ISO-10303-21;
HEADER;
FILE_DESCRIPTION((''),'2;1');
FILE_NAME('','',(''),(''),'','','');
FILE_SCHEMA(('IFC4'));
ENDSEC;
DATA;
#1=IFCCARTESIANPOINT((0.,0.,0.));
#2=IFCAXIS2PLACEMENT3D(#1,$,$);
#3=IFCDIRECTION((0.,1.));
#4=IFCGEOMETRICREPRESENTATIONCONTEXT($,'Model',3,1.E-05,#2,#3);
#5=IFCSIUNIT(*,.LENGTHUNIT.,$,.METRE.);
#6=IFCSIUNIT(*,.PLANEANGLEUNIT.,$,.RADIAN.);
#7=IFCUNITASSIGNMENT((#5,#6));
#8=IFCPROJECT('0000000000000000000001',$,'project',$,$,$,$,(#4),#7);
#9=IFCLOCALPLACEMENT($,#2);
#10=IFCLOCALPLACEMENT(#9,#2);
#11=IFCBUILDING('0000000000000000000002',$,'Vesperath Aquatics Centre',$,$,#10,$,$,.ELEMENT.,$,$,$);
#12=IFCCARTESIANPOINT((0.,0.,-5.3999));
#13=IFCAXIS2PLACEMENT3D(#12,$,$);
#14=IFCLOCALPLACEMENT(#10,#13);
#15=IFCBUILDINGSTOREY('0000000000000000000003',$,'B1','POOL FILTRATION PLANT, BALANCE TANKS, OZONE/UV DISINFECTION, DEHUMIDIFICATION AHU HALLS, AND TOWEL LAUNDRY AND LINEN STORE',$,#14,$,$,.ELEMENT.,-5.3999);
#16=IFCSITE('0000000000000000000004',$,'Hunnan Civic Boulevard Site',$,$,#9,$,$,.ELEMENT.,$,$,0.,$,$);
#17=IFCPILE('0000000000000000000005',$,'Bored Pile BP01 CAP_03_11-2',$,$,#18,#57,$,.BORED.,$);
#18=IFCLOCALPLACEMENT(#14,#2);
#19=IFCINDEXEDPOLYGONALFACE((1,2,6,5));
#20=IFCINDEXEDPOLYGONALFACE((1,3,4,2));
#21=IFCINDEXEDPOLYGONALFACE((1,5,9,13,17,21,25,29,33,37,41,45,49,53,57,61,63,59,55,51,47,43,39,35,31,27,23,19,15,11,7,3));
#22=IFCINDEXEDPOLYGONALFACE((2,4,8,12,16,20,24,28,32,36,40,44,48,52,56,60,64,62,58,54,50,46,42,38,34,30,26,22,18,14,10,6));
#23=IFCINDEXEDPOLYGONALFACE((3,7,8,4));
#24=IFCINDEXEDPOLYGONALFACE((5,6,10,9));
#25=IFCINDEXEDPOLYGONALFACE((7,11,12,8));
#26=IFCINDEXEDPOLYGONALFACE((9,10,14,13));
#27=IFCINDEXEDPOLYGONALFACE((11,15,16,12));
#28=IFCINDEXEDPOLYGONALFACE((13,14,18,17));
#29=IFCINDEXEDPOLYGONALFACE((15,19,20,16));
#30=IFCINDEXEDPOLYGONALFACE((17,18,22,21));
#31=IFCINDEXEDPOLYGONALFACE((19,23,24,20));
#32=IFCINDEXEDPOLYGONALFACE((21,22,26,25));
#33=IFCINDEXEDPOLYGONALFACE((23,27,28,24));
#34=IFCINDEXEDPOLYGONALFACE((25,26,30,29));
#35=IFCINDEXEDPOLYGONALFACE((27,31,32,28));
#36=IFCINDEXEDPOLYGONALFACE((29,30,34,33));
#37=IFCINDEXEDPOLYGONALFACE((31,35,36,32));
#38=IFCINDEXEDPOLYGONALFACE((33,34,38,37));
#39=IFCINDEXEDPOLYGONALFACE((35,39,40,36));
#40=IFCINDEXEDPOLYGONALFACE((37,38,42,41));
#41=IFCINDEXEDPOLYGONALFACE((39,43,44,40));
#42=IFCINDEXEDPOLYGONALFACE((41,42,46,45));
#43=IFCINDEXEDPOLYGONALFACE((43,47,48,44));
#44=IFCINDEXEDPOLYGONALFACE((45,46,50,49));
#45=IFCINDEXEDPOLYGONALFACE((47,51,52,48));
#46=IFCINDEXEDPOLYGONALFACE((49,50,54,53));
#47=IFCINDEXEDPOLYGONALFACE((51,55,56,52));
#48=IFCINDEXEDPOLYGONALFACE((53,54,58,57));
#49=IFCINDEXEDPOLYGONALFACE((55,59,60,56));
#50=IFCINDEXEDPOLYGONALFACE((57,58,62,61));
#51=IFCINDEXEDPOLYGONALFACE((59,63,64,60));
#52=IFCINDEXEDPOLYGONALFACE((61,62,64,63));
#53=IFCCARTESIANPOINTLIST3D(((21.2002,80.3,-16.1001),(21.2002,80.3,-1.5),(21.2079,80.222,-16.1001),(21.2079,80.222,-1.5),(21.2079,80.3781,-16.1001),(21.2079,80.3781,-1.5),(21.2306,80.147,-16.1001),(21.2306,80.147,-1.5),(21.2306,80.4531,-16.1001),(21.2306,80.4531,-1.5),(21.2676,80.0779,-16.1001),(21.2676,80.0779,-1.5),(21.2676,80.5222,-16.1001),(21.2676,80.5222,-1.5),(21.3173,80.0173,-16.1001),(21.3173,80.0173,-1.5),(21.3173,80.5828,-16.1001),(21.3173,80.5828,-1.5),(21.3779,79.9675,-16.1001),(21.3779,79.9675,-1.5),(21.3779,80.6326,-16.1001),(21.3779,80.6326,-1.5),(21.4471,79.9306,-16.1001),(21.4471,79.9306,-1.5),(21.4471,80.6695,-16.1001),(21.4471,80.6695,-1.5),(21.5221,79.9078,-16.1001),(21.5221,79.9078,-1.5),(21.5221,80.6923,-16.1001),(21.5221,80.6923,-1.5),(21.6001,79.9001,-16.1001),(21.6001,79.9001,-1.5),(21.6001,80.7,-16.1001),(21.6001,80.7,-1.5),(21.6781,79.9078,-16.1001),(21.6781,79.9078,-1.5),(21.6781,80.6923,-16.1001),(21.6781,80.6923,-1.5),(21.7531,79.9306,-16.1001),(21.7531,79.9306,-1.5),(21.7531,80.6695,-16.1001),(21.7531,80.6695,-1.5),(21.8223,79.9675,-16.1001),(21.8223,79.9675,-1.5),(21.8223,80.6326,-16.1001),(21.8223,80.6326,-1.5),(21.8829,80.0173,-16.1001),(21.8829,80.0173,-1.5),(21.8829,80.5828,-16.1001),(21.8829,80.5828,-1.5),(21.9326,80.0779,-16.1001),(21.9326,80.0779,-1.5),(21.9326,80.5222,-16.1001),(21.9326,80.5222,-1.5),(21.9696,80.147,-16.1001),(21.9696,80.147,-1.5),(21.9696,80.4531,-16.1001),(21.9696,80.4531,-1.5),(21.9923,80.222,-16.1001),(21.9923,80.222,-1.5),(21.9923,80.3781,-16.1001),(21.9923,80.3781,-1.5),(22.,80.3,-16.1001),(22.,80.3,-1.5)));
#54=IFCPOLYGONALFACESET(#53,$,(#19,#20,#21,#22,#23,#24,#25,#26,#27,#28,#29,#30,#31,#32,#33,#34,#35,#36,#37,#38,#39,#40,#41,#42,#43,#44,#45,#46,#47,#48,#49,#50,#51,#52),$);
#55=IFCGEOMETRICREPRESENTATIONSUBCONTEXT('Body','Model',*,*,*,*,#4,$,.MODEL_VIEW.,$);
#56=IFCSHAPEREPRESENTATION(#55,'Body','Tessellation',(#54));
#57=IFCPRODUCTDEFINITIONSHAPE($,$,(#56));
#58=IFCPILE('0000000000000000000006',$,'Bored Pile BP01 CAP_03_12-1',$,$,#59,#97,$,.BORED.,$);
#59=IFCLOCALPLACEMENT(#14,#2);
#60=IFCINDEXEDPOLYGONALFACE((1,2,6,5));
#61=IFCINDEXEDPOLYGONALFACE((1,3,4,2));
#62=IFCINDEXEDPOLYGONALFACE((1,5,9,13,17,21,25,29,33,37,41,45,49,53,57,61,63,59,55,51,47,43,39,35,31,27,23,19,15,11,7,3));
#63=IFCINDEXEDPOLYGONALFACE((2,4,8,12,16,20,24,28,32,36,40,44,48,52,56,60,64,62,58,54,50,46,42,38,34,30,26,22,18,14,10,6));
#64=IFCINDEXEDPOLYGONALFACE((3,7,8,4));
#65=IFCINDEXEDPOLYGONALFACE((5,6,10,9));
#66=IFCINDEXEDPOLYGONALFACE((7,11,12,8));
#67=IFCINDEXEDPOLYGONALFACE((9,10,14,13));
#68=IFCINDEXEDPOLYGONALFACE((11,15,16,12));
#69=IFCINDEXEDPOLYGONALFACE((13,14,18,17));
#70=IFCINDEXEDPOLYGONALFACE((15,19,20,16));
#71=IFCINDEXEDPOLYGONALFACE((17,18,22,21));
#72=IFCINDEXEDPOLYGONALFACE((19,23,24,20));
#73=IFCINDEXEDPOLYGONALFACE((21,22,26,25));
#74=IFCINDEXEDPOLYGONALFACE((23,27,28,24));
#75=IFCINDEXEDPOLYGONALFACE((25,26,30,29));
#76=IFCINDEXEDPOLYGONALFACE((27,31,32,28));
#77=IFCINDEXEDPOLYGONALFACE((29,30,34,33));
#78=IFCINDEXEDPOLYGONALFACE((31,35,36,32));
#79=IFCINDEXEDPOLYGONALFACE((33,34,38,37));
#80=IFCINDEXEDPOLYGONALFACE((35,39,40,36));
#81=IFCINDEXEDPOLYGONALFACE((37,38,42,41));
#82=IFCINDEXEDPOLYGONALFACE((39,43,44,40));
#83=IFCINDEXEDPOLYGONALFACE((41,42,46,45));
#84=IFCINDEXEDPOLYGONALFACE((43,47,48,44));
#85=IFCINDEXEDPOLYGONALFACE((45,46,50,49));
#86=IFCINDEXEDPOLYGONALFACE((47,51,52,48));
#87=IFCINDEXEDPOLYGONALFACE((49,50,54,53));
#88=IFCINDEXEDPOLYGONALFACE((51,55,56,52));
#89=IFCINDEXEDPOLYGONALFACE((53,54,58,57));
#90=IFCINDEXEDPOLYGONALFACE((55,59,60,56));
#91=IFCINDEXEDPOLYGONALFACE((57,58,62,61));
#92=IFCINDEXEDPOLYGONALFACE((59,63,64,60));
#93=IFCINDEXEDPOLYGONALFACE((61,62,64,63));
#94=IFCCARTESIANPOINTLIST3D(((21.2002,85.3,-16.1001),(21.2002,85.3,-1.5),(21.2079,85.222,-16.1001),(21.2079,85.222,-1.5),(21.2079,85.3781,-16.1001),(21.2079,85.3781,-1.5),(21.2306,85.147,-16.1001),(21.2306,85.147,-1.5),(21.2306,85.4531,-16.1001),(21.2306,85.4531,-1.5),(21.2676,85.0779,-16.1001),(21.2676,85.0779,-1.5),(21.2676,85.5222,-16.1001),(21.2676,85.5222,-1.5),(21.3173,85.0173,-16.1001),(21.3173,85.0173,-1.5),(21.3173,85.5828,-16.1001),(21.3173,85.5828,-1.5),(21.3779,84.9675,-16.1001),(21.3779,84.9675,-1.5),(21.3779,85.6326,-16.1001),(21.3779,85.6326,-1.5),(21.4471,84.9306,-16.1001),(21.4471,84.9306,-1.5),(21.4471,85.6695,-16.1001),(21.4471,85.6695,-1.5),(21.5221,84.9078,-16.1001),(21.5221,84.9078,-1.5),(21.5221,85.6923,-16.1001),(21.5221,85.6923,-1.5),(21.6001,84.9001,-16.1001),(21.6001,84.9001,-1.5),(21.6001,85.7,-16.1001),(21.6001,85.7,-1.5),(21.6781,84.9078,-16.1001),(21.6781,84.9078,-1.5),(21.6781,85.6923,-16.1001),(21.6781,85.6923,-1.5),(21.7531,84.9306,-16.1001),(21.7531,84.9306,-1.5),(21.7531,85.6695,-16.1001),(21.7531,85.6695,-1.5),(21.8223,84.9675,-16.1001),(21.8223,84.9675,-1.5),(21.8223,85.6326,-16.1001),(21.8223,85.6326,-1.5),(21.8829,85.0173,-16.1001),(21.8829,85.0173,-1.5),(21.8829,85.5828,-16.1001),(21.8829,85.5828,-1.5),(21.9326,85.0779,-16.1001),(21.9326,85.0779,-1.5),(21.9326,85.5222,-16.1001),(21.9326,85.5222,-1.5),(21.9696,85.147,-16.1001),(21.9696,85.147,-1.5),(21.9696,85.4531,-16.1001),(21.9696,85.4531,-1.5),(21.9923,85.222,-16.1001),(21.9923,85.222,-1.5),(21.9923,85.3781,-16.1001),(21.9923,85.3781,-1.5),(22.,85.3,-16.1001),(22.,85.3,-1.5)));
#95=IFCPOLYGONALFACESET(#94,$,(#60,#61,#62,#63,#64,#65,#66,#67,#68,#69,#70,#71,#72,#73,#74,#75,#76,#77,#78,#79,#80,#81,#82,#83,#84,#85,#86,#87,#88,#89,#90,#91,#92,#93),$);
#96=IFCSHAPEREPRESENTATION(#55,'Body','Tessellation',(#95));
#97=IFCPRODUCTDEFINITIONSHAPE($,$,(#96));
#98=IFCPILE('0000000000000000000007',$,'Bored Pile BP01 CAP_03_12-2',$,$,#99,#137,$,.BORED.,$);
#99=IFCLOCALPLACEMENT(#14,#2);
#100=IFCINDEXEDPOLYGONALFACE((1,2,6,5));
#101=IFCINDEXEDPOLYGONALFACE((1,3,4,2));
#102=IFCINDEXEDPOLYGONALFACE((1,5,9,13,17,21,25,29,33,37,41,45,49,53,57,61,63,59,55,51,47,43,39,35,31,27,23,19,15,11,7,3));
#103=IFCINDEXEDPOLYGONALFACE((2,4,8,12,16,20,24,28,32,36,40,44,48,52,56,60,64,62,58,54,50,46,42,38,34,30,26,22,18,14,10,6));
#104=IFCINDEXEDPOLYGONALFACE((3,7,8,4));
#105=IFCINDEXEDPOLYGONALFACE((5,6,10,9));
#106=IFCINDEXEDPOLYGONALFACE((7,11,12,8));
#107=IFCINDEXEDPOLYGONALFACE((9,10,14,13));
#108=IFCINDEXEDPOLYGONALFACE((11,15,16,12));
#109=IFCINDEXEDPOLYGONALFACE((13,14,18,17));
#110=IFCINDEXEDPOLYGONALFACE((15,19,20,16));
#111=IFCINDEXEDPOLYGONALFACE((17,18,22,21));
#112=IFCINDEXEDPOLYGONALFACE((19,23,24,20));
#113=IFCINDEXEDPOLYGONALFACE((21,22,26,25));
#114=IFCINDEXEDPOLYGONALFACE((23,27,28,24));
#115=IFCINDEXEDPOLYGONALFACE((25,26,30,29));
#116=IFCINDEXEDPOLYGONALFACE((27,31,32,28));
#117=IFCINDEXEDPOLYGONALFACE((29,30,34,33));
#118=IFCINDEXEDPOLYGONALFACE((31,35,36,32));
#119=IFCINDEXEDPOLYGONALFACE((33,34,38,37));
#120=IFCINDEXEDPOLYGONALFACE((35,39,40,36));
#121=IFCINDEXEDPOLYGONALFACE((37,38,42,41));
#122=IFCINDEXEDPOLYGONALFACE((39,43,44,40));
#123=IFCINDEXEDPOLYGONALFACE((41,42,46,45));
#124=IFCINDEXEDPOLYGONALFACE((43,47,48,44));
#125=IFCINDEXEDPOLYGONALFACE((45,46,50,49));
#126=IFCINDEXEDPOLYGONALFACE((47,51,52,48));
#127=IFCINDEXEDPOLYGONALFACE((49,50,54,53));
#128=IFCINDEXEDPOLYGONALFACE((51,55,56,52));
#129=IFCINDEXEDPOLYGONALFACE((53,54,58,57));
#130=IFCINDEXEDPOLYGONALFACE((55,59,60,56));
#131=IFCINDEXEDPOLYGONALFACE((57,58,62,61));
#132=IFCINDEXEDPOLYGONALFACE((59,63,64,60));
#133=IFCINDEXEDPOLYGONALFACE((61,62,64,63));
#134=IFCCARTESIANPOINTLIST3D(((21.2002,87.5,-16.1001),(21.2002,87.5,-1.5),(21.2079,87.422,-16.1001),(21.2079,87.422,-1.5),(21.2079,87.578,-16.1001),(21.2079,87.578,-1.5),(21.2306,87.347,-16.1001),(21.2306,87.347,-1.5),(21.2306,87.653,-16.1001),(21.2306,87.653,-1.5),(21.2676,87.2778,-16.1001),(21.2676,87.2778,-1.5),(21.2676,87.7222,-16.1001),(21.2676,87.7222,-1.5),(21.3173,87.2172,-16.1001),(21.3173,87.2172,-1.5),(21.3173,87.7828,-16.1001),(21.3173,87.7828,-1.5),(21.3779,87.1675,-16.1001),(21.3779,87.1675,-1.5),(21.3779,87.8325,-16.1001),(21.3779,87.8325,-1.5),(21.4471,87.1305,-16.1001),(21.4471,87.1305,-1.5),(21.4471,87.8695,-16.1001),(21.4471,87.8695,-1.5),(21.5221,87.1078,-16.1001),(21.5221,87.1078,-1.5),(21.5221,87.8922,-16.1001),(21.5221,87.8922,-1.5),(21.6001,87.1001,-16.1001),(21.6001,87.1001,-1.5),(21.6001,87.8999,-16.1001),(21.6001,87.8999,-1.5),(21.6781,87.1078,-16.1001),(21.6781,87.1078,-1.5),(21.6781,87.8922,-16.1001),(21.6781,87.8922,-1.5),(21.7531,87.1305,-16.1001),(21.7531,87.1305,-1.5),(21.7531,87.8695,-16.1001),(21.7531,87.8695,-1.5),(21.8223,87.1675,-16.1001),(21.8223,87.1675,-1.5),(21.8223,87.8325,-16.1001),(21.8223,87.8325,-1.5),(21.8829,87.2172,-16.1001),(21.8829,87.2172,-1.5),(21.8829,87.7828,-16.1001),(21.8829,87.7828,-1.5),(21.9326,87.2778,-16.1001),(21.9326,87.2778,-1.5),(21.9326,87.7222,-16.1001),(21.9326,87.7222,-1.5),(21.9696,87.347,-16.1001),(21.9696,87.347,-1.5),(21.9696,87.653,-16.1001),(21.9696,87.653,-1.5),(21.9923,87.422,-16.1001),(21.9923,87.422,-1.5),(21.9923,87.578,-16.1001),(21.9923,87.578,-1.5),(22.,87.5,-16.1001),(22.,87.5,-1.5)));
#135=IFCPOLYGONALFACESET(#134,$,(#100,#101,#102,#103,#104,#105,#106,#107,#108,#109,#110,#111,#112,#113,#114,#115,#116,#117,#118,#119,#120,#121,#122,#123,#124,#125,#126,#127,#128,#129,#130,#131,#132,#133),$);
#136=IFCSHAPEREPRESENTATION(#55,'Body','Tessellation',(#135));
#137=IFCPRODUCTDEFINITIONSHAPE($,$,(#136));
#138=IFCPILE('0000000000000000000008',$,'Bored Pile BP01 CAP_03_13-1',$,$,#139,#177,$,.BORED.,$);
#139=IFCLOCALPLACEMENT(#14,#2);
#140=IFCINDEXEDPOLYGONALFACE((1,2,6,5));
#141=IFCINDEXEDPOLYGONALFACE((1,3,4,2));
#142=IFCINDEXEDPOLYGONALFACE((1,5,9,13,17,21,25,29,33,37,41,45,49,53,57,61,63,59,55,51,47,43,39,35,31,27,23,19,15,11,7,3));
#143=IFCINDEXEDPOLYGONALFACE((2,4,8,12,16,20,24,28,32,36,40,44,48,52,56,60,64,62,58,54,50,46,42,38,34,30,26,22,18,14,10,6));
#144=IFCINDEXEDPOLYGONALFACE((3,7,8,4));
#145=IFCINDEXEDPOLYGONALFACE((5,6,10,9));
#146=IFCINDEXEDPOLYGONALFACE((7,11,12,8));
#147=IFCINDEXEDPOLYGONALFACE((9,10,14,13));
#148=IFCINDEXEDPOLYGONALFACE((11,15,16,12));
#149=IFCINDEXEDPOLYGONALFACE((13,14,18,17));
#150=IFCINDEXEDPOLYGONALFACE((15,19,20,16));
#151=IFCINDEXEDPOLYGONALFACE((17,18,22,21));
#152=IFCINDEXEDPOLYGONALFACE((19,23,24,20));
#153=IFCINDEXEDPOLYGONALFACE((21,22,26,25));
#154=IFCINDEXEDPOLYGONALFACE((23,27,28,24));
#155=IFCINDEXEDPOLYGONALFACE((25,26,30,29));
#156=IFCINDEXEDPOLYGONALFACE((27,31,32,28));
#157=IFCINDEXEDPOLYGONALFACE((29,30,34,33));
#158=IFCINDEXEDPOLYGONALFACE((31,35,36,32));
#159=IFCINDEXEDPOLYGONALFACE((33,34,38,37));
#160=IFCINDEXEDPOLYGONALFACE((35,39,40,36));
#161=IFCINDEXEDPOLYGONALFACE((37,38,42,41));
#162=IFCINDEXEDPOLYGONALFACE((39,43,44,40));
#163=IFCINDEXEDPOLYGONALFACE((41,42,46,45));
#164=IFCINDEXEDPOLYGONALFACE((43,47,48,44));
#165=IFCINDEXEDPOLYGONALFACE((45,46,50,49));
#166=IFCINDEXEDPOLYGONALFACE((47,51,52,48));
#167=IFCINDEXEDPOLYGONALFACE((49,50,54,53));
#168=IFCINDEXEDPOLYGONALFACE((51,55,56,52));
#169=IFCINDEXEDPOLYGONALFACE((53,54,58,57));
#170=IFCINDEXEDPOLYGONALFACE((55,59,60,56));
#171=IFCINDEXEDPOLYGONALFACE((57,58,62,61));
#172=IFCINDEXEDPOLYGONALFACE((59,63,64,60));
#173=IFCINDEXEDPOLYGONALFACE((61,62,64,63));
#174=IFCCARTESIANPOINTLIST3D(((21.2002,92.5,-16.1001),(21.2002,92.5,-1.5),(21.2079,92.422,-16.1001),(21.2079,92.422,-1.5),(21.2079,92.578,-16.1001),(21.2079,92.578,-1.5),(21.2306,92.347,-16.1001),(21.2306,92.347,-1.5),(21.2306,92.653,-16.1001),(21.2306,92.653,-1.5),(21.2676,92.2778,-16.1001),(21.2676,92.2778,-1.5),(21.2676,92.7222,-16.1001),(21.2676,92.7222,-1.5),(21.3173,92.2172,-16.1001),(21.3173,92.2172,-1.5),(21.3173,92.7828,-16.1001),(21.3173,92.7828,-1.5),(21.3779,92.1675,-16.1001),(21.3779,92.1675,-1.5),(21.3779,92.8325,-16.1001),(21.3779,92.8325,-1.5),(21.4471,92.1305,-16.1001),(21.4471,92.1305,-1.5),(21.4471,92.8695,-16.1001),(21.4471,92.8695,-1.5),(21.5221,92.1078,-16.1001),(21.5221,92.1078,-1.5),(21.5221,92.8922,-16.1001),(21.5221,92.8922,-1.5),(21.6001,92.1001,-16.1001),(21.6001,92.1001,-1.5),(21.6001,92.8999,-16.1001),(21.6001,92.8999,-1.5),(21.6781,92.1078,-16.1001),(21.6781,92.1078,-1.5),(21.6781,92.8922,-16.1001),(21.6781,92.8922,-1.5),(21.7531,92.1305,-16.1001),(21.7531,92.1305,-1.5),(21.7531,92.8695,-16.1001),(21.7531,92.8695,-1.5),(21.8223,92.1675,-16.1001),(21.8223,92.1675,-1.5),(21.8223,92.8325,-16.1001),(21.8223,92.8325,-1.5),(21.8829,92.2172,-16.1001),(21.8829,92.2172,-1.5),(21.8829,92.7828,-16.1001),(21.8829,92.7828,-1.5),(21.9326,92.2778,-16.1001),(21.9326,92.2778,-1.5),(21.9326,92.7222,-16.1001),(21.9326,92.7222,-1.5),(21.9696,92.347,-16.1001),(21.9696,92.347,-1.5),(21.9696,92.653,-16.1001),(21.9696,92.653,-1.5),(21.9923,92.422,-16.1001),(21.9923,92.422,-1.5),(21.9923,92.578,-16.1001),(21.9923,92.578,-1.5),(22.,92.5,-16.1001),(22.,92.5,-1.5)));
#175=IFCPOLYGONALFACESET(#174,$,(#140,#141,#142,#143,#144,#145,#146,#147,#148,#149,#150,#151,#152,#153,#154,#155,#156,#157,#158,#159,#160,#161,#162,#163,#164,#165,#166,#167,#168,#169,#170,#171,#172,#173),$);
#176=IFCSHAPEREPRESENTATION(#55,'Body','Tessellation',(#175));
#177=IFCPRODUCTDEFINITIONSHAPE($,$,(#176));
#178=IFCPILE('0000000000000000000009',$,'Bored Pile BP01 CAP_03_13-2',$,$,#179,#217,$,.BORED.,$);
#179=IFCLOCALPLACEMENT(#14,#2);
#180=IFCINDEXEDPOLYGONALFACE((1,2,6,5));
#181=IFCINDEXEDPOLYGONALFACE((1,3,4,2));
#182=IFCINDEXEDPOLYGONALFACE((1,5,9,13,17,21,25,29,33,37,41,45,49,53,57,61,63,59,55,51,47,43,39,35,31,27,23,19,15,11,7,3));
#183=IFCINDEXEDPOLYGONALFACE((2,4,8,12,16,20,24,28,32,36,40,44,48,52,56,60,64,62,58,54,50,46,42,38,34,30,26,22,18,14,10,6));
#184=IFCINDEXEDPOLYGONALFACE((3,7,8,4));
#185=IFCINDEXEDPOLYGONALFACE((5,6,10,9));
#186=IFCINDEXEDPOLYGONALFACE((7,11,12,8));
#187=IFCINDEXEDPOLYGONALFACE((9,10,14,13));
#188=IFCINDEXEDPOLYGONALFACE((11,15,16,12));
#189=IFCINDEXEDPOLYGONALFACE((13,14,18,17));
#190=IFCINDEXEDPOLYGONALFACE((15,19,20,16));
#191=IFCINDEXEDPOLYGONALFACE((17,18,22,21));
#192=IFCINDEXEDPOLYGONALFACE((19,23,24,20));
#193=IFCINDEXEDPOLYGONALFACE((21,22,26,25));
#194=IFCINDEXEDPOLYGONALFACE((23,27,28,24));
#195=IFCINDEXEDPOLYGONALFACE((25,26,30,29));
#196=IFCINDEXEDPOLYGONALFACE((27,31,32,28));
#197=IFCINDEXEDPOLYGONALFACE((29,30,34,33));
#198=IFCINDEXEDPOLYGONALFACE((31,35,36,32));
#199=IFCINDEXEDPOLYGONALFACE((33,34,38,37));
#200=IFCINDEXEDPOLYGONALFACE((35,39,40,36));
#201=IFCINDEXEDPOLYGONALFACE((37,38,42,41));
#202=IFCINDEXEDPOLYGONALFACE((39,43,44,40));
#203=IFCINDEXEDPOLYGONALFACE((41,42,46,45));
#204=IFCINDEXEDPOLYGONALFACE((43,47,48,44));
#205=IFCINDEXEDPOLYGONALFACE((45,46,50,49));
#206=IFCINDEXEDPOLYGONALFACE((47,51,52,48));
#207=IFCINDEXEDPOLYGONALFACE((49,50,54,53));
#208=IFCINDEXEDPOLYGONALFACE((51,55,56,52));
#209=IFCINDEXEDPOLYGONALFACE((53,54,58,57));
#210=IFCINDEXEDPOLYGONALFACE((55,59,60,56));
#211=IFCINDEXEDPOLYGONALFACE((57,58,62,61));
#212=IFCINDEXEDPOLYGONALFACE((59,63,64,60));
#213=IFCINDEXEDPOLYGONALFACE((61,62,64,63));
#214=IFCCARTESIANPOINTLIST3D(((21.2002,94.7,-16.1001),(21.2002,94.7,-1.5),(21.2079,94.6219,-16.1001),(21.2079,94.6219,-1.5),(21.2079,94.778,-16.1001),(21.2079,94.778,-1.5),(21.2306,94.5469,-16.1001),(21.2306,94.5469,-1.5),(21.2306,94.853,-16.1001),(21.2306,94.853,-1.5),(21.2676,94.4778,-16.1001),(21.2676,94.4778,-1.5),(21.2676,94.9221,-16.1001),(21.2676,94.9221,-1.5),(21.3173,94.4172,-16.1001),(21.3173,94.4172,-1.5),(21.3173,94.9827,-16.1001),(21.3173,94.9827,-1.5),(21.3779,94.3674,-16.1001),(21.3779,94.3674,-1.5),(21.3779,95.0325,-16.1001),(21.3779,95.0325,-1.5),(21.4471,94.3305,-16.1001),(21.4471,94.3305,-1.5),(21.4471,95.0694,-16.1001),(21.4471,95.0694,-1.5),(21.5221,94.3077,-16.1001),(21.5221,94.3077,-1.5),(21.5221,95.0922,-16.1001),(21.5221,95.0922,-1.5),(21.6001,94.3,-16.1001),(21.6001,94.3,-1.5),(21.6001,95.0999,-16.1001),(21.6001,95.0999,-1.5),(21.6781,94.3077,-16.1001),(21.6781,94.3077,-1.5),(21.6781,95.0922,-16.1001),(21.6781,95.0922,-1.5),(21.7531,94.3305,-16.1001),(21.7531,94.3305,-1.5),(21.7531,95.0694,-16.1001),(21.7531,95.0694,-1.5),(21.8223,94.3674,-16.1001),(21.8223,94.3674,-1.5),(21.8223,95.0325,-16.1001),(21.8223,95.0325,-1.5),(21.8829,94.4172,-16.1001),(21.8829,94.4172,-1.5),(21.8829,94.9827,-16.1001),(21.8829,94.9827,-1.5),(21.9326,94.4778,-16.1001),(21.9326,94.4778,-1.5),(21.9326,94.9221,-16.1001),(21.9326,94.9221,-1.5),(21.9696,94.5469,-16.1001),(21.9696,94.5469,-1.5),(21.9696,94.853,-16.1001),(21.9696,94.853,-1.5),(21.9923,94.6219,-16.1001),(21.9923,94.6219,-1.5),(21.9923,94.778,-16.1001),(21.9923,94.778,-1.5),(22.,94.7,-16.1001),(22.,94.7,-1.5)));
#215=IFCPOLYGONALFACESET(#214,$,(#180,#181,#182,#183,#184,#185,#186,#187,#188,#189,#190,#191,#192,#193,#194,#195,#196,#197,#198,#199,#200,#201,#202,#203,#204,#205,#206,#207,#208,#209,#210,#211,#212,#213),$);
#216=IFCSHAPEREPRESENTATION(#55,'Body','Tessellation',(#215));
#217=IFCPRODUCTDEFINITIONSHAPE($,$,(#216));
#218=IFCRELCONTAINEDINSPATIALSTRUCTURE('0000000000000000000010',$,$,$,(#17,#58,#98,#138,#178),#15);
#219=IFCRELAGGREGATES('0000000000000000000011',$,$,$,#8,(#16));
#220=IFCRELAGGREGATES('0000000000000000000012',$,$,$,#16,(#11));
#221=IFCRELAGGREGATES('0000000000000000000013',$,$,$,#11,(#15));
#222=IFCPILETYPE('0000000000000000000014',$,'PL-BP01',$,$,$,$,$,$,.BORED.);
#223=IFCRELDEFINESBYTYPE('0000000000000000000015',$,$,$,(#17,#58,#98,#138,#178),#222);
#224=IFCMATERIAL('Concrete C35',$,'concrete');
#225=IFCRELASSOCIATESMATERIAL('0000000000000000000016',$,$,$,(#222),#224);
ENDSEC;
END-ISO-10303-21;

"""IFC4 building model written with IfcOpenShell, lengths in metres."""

from ifc_helpers import new_model, si_unit, direction, frame, origin, origin_2d, place, context, subcontext, project, spatial, circle, extrude, material, material_profile, profile_set, type_object, element, save


model = new_model("IFC4")

# Units and contexts
model_context = context("Model", 3, precision=1e-05, world=origin(), true_north=direction((0.0, 1.0)))
body_context = subcontext(model_context, "Body", "Model", "MODEL_VIEW")
ifc_project = project(units=[si_unit("LENGTHUNIT", "METRE"), si_unit("PLANEANGLEUNIT", "RADIAN")], contexts=[model_context])

# Site, building, storey
site_placement = place(None, origin())
site = spatial("IfcSite", under=ifc_project, at=site_placement, Name="Hunnan Civic Boulevard Site", CompositionType="ELEMENT", RefElevation=0.0)
building_placement = place(site_placement, origin())
building = spatial("IfcBuilding", under=site, at=building_placement, Name="Vesperath Aquatics Centre", CompositionType="ELEMENT")
storey_placement = place(building_placement, frame((0.0, 0.0, -5.3999)))
storey = spatial("IfcBuildingStorey", under=building, at=storey_placement, Name="B1", Description="POOL FILTRATION PLANT, BALANCE TANKS, OZONE/UV DISINFECTION, DEHUMIDIFICATION AHU HALLS, AND TOWEL LAUNDRY AND LINEN STORE", CompositionType="ELEMENT", Elevation=-5.3999)

# Piles
ifc_material_1 = material(Name="Concrete C35", Category="concrete")
ifc_material_profile_1 = material_profile(ifc_material_1, circle(Radius=0.3999, at=origin_2d()), Name="PILE D800")
ifc_profile_set_1 = profile_set([ifc_material_profile_1], Name="Concrete C35")
pile_type = type_object("IfcPileType", Name="PL-BP01", PredefinedType="BORED", material=ifc_profile_set_1)
for number, where, z_axis, x_axis, name in (
    (1, (21.6001, 80.3, -1.5), (0.0, 0.0, -1.0), (1.0, 0.0, 0.0), "Bored Pile BP01 CAP_03_11-2"),
    (2, (21.6001, 85.3, -1.5), (0.0, 0.0, -1.0), (1.0, 0.0, 0.0), "Bored Pile BP01 CAP_03_12-1"),
    (3, (21.6001, 87.5, -1.5), (0.0, 0.0, -1.0), (1.0, 0.0, 0.0), "Bored Pile BP01 CAP_03_12-2"),
    (4, (21.6001, 92.5, -1.5), (0.0, 0.0, -1.0), (1.0, 0.0, 0.0), "Bored Pile BP01 CAP_03_13-1"),
    (5, (21.6001, 94.7, -1.5), (0.0, 0.0, -1.0), (1.0, 0.0, 0.0), "Bored Pile BP01 CAP_03_13-2"),
):
    element("IfcPile", number, at=place(storey_placement, frame(where, z_axis=z_axis, x_axis=x_axis)), inside=storey, type_object=pile_type, Name=name, PredefinedType="BORED", context=body_context, shape_type="SweptSolid", body=[
        extrude(circle(Radius=0.3999, at=origin_2d()), origin(), (0.0, 0.0, 1.0), 14.6001),
    ])

save(model, "model.ifc")
